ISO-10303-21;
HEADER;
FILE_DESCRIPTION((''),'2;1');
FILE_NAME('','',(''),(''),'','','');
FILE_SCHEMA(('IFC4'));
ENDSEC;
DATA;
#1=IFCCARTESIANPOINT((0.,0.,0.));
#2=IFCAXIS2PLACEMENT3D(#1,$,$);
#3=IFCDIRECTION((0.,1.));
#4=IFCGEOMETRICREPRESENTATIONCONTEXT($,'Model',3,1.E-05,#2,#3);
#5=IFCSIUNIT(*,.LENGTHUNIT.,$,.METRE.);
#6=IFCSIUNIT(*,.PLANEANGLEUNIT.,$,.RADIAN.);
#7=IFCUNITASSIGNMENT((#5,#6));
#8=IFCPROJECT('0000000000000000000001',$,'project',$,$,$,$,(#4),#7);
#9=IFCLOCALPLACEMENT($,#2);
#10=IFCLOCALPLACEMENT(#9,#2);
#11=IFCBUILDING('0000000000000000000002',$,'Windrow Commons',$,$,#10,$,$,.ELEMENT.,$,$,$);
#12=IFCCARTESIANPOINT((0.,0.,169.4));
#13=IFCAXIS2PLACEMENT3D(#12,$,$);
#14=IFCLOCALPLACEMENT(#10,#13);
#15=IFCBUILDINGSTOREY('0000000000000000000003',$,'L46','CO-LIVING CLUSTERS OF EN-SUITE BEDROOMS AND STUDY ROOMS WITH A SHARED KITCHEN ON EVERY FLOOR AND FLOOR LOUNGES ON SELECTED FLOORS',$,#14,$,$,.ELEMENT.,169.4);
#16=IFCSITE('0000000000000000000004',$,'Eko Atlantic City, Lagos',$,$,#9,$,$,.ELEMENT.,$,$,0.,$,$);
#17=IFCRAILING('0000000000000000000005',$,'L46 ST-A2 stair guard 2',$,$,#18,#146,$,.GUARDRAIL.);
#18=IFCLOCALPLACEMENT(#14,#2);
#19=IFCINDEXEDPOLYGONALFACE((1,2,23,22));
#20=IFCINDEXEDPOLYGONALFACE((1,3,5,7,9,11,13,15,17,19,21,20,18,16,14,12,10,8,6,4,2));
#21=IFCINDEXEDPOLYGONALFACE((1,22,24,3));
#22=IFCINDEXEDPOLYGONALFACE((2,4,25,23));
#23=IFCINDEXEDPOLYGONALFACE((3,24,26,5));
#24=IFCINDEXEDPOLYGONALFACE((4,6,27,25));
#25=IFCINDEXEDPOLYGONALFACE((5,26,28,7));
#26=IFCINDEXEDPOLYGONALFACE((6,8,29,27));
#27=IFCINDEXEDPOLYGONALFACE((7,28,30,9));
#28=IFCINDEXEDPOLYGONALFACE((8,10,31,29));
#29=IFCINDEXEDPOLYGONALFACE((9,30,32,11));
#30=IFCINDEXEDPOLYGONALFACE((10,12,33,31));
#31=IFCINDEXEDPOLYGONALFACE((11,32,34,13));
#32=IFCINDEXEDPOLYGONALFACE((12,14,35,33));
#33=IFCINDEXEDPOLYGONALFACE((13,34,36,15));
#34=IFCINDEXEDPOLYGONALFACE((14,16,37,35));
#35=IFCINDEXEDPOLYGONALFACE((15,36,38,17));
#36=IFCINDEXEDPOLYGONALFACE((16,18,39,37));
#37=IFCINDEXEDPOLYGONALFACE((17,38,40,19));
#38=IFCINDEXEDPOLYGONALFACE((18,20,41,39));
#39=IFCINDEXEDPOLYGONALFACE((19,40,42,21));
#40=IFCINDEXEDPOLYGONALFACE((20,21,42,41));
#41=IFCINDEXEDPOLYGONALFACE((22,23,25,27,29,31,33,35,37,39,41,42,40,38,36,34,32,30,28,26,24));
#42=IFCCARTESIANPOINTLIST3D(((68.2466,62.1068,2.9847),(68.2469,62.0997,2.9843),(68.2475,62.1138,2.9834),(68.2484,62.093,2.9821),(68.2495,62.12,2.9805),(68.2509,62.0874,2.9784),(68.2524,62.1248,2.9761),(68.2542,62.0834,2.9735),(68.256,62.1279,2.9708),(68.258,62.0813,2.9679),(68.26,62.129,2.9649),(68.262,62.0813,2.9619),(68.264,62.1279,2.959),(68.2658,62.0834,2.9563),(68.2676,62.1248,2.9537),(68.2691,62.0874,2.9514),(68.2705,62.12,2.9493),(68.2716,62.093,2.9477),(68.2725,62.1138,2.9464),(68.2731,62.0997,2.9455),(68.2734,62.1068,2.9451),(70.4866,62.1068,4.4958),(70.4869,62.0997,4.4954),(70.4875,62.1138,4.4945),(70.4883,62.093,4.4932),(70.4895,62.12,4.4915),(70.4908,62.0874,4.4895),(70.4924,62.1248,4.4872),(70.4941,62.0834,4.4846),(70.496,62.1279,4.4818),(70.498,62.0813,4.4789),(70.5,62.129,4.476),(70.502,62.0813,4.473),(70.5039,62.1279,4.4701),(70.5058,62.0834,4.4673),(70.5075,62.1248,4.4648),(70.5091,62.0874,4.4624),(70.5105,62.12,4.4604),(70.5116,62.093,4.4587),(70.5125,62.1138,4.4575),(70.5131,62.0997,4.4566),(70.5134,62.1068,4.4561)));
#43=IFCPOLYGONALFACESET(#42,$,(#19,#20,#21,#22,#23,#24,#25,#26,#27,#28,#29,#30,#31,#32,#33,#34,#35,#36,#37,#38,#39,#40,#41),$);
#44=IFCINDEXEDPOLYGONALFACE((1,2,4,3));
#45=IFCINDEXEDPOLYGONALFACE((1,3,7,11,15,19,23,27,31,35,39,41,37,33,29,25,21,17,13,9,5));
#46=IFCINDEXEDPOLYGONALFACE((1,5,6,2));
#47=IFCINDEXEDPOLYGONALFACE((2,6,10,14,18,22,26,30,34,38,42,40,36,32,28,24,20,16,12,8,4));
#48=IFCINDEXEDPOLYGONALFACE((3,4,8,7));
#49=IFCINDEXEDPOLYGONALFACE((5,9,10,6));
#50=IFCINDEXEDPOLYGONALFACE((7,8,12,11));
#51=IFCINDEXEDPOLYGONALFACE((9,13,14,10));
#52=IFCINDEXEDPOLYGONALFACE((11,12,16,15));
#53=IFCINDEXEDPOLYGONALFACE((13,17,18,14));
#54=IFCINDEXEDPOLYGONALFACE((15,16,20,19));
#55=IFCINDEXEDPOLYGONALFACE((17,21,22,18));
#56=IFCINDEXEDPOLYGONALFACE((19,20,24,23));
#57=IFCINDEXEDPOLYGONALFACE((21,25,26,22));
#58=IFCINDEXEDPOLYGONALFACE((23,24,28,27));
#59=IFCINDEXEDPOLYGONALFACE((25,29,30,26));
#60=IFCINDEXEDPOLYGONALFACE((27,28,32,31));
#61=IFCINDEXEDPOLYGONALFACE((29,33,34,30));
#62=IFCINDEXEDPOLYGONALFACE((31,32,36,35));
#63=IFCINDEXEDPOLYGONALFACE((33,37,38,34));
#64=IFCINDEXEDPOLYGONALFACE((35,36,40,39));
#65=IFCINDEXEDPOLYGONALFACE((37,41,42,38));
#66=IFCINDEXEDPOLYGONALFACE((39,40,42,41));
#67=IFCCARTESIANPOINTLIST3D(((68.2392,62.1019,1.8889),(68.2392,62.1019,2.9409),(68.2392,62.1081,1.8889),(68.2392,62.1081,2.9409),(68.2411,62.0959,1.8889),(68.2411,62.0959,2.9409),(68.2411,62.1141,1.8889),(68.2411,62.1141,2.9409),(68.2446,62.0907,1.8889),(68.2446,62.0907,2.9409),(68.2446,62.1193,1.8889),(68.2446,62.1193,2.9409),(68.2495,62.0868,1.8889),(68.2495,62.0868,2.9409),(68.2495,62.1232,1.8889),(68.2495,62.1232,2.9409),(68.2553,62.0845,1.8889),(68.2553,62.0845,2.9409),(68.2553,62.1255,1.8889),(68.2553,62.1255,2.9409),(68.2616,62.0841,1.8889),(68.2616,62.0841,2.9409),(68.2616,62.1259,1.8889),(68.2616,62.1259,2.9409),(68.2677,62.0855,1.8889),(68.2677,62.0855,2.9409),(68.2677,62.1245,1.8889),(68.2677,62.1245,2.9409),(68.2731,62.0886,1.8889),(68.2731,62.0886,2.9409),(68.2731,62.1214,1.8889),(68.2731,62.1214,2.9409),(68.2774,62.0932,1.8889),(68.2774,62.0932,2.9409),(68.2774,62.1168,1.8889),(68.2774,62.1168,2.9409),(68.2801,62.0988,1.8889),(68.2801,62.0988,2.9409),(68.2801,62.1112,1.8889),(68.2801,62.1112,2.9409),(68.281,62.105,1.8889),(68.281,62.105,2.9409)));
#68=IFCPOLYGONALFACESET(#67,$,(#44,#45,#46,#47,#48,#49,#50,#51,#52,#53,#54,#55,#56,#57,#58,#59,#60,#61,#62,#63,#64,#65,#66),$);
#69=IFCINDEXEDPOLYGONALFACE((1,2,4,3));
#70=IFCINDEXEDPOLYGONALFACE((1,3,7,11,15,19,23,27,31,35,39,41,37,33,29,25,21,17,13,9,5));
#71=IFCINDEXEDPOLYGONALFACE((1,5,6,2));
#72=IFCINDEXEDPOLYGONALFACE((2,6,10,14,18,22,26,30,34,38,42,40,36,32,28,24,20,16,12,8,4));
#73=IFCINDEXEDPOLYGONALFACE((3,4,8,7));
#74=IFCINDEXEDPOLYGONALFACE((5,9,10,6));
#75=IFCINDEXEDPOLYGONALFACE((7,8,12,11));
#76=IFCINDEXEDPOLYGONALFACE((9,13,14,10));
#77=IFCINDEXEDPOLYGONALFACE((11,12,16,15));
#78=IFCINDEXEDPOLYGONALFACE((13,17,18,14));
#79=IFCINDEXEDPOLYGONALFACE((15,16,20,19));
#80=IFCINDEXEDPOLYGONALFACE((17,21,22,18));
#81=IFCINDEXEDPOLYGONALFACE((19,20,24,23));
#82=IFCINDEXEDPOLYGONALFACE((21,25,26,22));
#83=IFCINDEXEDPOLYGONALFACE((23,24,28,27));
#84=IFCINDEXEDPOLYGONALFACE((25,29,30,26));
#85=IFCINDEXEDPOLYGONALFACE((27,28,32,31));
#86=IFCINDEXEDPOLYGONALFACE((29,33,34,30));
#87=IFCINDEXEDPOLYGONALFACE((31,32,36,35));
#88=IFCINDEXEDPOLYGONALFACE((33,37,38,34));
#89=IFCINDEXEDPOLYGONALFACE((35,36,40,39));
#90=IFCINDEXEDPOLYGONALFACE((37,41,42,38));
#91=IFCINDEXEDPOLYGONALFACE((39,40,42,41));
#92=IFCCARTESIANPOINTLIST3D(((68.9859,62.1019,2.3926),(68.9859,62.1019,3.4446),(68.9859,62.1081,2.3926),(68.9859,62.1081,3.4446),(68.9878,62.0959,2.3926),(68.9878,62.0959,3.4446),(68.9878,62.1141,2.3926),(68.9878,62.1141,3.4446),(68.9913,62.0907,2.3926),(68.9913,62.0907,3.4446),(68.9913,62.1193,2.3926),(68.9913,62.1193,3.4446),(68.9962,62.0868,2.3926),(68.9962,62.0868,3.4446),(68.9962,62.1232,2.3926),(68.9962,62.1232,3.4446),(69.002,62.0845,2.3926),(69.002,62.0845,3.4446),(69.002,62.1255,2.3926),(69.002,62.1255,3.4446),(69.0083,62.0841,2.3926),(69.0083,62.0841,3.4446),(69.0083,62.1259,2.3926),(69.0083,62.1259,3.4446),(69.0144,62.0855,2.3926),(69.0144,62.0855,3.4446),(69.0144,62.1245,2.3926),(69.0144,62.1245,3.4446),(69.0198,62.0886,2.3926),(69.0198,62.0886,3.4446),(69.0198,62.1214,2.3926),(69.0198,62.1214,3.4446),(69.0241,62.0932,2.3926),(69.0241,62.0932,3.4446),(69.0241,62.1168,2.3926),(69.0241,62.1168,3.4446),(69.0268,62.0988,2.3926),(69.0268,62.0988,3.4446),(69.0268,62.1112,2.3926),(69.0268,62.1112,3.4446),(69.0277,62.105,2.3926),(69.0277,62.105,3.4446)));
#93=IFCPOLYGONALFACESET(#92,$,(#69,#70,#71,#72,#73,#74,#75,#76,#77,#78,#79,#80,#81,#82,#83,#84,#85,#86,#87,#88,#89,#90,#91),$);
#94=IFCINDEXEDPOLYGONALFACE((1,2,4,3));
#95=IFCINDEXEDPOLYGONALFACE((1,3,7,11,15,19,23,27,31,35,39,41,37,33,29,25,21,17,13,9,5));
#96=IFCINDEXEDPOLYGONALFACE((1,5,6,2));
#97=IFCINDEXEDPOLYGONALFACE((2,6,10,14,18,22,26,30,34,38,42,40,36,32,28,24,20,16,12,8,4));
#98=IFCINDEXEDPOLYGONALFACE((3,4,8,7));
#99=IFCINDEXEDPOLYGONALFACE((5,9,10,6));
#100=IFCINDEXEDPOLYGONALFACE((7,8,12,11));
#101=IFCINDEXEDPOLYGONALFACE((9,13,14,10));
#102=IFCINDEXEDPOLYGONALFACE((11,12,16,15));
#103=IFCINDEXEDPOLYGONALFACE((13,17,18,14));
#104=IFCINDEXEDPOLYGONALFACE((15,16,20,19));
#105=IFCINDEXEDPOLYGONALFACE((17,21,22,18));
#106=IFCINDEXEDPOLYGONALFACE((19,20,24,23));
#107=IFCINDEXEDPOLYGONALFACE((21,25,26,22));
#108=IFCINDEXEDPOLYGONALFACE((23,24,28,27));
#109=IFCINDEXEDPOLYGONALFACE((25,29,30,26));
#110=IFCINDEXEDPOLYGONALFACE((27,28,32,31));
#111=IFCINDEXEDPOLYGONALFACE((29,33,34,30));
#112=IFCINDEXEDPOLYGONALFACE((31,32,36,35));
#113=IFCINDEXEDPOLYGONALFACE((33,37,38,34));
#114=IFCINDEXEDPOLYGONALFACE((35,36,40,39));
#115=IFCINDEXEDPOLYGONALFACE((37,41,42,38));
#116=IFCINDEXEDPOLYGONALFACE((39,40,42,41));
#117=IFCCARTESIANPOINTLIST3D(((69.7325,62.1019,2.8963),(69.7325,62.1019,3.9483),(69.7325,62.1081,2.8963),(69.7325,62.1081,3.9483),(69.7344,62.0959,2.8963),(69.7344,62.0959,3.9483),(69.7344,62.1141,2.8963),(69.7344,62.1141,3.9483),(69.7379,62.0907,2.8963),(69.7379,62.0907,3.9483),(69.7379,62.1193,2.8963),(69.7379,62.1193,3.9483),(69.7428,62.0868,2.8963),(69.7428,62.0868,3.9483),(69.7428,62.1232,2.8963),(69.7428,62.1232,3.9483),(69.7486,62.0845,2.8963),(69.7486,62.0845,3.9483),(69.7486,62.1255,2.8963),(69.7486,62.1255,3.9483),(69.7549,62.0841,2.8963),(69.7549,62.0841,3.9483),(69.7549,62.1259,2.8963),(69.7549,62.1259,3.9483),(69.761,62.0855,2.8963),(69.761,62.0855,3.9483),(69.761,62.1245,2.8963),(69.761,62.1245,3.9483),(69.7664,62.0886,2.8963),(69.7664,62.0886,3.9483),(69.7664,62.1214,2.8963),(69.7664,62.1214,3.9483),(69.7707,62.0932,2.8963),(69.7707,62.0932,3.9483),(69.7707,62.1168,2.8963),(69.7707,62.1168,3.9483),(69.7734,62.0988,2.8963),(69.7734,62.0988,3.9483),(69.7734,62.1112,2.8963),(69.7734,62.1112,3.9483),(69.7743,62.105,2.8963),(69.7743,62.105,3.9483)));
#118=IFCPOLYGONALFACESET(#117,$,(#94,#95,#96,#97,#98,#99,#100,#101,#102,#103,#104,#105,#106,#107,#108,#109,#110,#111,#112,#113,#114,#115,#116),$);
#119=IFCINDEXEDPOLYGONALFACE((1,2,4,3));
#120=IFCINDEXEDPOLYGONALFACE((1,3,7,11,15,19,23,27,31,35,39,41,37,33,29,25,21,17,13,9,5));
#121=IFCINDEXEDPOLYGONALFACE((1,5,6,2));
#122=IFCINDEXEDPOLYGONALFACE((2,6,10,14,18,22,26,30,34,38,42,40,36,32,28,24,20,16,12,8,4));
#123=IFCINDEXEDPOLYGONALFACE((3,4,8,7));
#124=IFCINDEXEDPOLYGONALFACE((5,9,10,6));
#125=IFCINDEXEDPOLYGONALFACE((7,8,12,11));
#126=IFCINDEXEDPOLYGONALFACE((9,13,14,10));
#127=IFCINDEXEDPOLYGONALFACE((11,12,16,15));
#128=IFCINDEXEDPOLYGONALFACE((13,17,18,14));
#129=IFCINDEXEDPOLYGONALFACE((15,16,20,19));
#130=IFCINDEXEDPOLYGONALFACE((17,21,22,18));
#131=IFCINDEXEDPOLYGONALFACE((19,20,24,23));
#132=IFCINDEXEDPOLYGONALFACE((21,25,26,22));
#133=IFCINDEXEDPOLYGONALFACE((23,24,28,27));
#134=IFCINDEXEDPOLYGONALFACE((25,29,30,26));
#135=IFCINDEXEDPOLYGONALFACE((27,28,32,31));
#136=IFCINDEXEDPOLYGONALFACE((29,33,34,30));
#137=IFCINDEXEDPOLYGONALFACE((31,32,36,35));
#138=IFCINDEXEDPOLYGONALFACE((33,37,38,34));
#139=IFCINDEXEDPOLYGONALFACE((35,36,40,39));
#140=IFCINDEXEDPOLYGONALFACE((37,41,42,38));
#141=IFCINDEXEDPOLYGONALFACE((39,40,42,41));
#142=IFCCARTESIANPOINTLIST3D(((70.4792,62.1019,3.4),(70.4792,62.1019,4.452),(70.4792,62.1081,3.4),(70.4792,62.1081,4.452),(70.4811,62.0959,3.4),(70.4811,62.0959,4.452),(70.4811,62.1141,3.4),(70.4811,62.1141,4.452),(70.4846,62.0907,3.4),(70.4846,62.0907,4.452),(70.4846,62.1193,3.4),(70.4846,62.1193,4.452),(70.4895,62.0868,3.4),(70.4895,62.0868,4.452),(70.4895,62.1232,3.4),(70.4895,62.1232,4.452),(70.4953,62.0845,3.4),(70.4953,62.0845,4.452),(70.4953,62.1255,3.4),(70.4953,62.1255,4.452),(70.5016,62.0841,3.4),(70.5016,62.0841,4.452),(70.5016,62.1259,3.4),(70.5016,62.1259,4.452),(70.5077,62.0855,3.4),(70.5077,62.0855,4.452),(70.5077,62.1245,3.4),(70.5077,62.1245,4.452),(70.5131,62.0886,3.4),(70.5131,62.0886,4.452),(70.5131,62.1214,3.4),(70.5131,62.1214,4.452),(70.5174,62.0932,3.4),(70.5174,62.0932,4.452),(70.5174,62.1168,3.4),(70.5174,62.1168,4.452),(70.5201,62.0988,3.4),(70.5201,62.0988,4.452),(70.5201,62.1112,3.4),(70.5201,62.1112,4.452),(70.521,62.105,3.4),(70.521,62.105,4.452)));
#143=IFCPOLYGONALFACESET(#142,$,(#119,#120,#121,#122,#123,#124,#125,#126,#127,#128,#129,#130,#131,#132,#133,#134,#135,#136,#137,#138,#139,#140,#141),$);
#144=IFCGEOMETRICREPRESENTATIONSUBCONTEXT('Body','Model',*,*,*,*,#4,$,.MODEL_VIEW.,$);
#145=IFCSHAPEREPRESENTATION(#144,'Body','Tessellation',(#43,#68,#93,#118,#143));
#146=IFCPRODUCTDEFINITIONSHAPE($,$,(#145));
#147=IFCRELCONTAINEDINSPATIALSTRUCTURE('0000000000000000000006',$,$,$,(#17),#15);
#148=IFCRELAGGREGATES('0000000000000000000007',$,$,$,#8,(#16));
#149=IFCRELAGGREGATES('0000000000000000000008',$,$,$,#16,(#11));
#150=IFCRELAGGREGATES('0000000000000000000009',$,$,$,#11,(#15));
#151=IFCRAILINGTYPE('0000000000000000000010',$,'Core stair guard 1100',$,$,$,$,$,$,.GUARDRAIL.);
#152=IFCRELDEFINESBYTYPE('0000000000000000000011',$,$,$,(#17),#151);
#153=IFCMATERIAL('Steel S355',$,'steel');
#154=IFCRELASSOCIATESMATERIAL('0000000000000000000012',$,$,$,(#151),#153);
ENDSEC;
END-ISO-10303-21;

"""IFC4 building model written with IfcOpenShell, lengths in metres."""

from ifc_helpers import new_model, si_unit, direction, frame, origin, origin_2d, place, context, subcontext, project, spatial, circle, extrude, material, type_object, element, save


model = new_model("IFC4")

# Units and contexts
model_context = context("Model", 3, precision=1e-05, world=origin(), true_north=direction((0.0, 1.0)))
body_context = subcontext(model_context, "Body", "Model", "MODEL_VIEW")
ifc_project = project(units=[si_unit("LENGTHUNIT", "METRE"), si_unit("PLANEANGLEUNIT", "RADIAN")], contexts=[model_context])

# Site, building, storey
site_placement = place(None, origin())
site = spatial("IfcSite", under=ifc_project, at=site_placement, Name="Eko Atlantic City, Lagos", CompositionType="ELEMENT", RefElevation=0.0)
building_placement = place(site_placement, origin())
building = spatial("IfcBuilding", under=site, at=building_placement, Name="Windrow Commons", CompositionType="ELEMENT")
storey_placement = place(building_placement, frame((0.0, 0.0, 169.4)))
storey = spatial("IfcBuildingStorey", under=building, at=storey_placement, Name="L46", Description="CO-LIVING CLUSTERS OF EN-SUITE BEDROOMS AND STUDY ROOMS WITH A SHARED KITCHEN ON EVERY FLOOR AND FLOOR LOUNGES ON SELECTED FLOORS", CompositionType="ELEMENT", Elevation=169.4)

# Railing
ifc_material_1 = material(Name="Steel S355", Category="steel")
railing_type_1 = type_object("IfcRailingType", Name="Core stair guard 1100", PredefinedType="GUARDRAIL", material=ifc_material_1)
railing_1_placement = place(storey_placement, frame((68.26, 62.105, 1.8889)))
element("IfcRailing", 1, at=railing_1_placement, inside=storey, type_object=railing_type_1, Name="L46 ST-A2 stair guard 2", PredefinedType="GUARDRAIL", context=body_context, shape_type="SweptSolid", body=[
    extrude(circle(Radius=0.024, at=origin_2d()), frame((0.0, 0.0, 1.076), z_axis=(0.829003, 0.0, 0.559244), x_axis=(0.0, 1.0, 0.0)), (0.0, 0.0, 1.0), 2.702),
    extrude(circle(Radius=0.021, at=origin_2d()), origin(), (0.0, 0.0, 1.0), 1.052),
    extrude(circle(Radius=0.021, at=origin_2d()), frame((0.7467, 0.0, 0.5037)), (0.0, 0.0, 1.0), 1.052),
    extrude(circle(Radius=0.021, at=origin_2d()), frame((1.4933, 0.0, 1.0074)), (0.0, 0.0, 1.0), 1.052),
    extrude(circle(Radius=0.021, at=origin_2d()), frame((2.24, 0.0, 1.5111)), (0.0, 0.0, 1.0), 1.052),
])

save(model, "model.ifc")
